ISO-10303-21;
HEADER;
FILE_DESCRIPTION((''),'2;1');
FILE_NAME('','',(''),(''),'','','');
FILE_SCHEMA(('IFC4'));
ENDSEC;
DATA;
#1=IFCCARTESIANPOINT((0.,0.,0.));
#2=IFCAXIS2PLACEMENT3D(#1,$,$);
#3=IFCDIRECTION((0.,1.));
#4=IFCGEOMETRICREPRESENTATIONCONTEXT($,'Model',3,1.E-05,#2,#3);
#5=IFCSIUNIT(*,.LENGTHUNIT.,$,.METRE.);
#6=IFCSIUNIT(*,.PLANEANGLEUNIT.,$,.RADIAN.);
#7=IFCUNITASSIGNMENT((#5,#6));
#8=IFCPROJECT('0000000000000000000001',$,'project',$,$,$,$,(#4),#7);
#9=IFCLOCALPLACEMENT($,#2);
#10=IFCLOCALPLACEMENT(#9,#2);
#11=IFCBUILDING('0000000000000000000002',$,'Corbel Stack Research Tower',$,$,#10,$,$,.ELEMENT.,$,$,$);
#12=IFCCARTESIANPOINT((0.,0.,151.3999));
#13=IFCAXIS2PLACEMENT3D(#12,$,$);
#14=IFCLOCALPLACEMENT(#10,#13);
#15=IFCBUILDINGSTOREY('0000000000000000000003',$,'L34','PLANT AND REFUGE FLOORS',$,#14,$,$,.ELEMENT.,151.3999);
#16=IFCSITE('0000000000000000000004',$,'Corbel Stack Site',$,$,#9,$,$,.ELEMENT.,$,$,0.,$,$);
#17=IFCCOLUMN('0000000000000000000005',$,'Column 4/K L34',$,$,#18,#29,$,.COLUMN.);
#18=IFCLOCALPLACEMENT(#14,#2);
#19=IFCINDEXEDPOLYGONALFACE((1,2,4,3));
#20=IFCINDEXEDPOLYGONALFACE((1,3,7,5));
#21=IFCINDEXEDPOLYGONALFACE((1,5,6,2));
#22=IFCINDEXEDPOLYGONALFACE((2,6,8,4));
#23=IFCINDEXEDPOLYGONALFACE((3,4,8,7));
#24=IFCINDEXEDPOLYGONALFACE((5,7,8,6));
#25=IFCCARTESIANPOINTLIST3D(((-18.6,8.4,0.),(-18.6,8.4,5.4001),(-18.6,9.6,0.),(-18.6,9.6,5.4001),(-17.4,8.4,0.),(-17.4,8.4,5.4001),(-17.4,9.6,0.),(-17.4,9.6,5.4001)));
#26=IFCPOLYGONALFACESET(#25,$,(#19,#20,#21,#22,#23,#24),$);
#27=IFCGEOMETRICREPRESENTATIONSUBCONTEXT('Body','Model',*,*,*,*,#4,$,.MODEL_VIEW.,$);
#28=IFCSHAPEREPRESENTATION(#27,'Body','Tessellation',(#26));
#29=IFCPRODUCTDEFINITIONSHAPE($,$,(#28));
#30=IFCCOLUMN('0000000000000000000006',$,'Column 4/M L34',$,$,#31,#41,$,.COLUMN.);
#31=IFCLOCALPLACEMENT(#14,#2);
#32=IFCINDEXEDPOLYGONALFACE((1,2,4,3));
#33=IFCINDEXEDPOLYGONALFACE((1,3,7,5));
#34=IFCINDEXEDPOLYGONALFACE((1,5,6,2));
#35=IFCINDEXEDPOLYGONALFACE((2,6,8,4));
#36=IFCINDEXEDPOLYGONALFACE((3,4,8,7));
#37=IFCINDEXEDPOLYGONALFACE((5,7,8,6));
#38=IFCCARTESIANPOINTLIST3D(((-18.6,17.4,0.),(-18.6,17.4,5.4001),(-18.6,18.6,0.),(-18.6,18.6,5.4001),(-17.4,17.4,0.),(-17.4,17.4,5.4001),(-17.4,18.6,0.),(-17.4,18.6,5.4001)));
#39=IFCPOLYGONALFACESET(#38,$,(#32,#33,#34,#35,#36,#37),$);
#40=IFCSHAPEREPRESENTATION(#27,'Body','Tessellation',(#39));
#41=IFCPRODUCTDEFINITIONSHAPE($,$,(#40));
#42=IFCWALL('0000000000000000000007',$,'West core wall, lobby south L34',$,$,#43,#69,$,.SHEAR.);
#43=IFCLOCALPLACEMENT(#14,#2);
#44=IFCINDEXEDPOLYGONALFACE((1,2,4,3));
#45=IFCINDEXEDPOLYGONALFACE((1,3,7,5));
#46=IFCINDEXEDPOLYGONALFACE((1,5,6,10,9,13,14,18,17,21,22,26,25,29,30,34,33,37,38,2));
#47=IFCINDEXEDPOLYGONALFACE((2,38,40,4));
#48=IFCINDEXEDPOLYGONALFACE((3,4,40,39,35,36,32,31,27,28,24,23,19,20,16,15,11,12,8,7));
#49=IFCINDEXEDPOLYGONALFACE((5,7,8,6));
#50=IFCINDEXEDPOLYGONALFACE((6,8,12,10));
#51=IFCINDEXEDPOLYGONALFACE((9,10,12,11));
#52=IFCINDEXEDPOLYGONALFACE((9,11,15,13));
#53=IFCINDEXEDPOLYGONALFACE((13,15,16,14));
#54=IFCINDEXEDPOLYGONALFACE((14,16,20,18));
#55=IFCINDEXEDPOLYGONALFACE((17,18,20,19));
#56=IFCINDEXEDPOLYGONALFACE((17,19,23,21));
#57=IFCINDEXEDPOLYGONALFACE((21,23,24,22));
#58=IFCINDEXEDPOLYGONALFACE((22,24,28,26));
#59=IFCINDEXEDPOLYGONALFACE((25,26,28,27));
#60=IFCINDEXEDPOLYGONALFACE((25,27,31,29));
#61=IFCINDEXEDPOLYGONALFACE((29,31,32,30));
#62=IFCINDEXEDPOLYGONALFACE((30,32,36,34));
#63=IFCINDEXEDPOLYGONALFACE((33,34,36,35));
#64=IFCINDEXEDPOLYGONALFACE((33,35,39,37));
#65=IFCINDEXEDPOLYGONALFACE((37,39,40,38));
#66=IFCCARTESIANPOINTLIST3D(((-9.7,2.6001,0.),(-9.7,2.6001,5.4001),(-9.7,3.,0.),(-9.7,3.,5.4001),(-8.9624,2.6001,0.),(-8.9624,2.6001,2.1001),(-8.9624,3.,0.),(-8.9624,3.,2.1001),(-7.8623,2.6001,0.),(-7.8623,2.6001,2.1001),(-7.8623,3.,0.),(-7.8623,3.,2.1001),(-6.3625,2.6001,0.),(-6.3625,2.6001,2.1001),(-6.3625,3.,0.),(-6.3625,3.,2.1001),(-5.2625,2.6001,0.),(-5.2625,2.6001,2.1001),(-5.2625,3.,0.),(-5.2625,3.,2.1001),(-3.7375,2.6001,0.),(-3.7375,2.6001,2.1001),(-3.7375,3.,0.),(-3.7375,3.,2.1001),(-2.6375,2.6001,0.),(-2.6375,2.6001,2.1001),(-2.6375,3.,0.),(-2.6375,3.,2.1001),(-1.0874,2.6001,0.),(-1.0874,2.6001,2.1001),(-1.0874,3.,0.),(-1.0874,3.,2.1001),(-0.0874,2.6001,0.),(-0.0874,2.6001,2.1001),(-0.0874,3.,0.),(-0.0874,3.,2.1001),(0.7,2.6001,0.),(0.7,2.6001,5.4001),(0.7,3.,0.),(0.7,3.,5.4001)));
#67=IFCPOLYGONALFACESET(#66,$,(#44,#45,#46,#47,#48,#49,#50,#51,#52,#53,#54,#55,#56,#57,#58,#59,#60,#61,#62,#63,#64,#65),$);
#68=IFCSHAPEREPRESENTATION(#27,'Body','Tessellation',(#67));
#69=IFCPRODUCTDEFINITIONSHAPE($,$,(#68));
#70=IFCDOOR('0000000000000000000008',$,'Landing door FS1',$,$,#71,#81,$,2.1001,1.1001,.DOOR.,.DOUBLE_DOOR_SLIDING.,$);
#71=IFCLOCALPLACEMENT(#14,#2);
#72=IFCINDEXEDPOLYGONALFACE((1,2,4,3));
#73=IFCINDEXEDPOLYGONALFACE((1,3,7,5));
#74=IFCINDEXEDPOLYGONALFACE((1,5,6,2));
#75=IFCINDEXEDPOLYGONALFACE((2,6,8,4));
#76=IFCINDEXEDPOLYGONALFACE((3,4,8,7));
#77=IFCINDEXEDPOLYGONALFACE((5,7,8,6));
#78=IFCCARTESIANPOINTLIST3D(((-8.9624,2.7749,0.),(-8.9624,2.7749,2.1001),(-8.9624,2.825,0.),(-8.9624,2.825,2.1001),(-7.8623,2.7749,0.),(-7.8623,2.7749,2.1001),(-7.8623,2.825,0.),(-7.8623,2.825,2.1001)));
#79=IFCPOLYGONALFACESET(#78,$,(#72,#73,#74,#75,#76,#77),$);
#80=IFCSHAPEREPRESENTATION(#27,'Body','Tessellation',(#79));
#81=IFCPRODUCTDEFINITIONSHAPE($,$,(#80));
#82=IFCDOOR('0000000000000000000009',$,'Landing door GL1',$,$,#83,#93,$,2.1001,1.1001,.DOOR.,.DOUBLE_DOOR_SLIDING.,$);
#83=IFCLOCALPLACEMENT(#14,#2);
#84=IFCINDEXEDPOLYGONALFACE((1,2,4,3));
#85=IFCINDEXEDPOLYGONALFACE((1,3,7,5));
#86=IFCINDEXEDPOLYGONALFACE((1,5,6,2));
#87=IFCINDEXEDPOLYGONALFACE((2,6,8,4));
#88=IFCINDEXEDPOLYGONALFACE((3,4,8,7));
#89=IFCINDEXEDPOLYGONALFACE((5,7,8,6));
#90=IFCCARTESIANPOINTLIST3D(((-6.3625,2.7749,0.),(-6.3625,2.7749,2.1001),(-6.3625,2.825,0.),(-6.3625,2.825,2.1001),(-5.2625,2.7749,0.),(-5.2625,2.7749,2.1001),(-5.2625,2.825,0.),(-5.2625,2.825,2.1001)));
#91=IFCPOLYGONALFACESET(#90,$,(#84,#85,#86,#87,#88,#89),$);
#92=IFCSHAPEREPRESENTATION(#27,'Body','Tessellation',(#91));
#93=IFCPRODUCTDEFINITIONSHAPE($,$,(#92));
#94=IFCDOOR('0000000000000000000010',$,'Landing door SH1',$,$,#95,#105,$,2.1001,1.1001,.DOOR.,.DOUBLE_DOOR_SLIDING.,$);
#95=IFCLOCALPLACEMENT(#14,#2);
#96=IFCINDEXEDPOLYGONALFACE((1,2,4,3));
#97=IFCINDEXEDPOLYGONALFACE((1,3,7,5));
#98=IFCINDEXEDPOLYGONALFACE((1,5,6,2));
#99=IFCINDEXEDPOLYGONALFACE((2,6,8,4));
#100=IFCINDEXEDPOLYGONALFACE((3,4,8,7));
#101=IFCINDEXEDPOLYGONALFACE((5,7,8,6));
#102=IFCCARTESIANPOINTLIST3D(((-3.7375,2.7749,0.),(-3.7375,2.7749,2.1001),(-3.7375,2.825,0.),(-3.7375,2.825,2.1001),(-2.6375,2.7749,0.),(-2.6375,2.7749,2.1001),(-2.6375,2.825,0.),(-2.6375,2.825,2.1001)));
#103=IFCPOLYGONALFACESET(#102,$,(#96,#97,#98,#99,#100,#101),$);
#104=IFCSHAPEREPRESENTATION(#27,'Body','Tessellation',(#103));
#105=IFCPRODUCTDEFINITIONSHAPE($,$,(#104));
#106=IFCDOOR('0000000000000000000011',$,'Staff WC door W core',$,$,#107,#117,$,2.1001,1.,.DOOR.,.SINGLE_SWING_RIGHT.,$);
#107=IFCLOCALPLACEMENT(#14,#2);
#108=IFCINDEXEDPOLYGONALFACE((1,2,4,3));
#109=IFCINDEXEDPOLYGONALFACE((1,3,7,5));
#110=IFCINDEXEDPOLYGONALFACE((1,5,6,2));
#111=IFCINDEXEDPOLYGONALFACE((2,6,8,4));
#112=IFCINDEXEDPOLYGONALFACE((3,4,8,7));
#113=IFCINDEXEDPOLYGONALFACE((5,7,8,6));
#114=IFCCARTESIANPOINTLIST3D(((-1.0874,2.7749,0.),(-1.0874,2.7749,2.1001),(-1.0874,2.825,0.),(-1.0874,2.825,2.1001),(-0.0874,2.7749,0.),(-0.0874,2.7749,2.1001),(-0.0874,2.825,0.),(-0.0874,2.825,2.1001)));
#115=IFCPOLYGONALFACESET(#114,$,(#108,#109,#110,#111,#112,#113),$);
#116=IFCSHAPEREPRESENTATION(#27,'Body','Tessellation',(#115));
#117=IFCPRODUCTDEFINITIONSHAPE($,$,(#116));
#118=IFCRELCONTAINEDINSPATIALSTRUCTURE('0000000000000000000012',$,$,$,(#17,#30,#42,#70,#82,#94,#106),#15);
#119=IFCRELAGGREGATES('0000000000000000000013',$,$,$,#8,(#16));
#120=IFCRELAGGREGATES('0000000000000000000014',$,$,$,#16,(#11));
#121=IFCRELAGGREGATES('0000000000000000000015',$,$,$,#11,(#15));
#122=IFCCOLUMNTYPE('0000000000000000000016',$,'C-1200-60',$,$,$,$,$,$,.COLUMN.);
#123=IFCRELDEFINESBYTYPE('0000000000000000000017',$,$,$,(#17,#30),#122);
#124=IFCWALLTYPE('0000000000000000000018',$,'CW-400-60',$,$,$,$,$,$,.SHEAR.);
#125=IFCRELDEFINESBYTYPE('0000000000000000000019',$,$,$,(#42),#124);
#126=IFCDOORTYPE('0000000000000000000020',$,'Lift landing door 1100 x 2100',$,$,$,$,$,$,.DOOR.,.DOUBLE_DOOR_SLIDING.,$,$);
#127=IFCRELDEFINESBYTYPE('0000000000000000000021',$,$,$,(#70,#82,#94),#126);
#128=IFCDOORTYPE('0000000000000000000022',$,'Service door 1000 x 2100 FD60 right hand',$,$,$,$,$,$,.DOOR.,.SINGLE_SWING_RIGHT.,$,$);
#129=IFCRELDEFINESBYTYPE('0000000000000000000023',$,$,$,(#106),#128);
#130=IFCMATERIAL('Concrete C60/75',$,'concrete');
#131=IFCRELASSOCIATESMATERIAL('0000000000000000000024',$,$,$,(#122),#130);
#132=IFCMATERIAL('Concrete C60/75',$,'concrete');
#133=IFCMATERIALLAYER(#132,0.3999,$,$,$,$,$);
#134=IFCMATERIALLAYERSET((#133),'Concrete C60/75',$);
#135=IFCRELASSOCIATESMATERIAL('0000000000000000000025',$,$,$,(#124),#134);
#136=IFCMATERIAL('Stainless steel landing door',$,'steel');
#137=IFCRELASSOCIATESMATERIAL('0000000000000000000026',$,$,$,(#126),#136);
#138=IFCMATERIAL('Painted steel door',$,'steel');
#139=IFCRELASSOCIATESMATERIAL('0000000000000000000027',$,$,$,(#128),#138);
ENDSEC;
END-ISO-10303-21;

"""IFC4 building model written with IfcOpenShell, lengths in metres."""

from ifc_helpers import new_model, si_unit, direction, frame, frame_2d, origin, origin_2d, place, context, subcontext, project, spatial, rectangle, extrude, material, layer, layer_set, material_profile, profile_set, type_object, element, fill, save


model = new_model("IFC4")

# Units and contexts
model_context = context("Model", 3, precision=1e-05, world=origin(), true_north=direction((0.0, 1.0)))
body_context = subcontext(model_context, "Body", "Model", "MODEL_VIEW")
ifc_project = project(units=[si_unit("LENGTHUNIT", "METRE"), si_unit("PLANEANGLEUNIT", "RADIAN")], contexts=[model_context])

# Site, building, storey
site_placement = place(None, origin())
site = spatial("IfcSite", under=ifc_project, at=site_placement, Name="Corbel Stack Site", CompositionType="ELEMENT", RefElevation=0.0)
building_placement = place(site_placement, origin())
building = spatial("IfcBuilding", under=site, at=building_placement, Name="Corbel Stack Research Tower", CompositionType="ELEMENT")
storey_placement = place(building_placement, frame((0.0, 0.0, 151.3999)))
storey = spatial("IfcBuildingStorey", under=building, at=storey_placement, Name="L34", Description="PLANT AND REFUGE FLOORS", CompositionType="ELEMENT", Elevation=151.3999)

# Columns
ifc_material_1 = material(Name="Concrete C60/75", Category="concrete")
ifc_material_profile = material_profile(ifc_material_1, rectangle(XDim=1.2, YDim=1.2, at=origin_2d()), Name="RC 1200 x 1200")
ifc_profile_set = profile_set([ifc_material_profile], Name="Concrete C60/75")
column_type = type_object("IfcColumnType", Name="C-1200-60", PredefinedType="COLUMN", material=ifc_profile_set)
for number, where, z_axis, x_axis, name in (
    (1, (-18.0, 9.0, 0.0), (0.0, 0.0, 1.0), (1.0, 0.0, 0.0), "Column 4/K L34"),
    (2, (-18.0, 18.0, 0.0), (0.0, 0.0, 1.0), (1.0, 0.0, 0.0), "Column 4/M L34"),
):
    element("IfcColumn", number, at=place(storey_placement, frame(where, z_axis=z_axis, x_axis=x_axis)), inside=storey, type_object=column_type, Name=name, PredefinedType="COLUMN", context=body_context, shape_type="SweptSolid", body=[
        extrude(rectangle(XDim=1.2, YDim=1.2, at=origin_2d()), origin(), (0.0, 0.0, 1.0), 5.4001),
    ])

# Wall, openings, doors
ifc_material_2 = material(Name="Concrete C60/75", Category="concrete")
ifc_layer_1 = layer(ifc_material_2, 0.3999)
ifc_layer_set_1 = layer_set([ifc_layer_1], Name="Concrete C60/75")
wall_type_1 = type_object("IfcWallType", Name="CW-400-60", PredefinedType="SHEAR", material=ifc_layer_set_1)
wall_1_placement = place(storey_placement, frame((-9.7, 2.8, 0.0), z_axis=(0.0, 0.0, 1.0), x_axis=(1.0, 0.0, 0.0)))
wall_1 = element("IfcWall", 3, at=wall_1_placement, inside=storey, type_object=wall_type_1, Name="West core wall, lobby south L34", PredefinedType="SHEAR", context=body_context, shape_type="SweptSolid", body=[
    extrude(rectangle(XDim=10.3999, YDim=0.3999, at=frame_2d((5.2, 0.0))), origin(), (0.0, 0.0, 1.0), 5.4001),
])
opening_1_placement = place(wall_1_placement, frame((0.7375, 0.0, 0.0)))
opening_1 = element("IfcOpeningElement", 4, at=opening_1_placement, cuts=wall_1, PredefinedType="OPENING", context=body_context, shape_type="SweptSolid", body=[
    extrude(rectangle(XDim=1.1001, YDim=2.1001, at=frame_2d((0.55, 1.05))), frame((0.0, 0.21, 0.0), z_axis=(0.0, -1.0, 0.0), x_axis=(1.0, 0.0, 0.0)), (0.0, 0.0, 1.0), 0.4199),
])
opening_2_placement = place(wall_1_placement, frame((3.3374, 0.0, 0.0)))
opening_2 = element("IfcOpeningElement", 5, at=opening_2_placement, cuts=wall_1, PredefinedType="OPENING", context=body_context, shape_type="SweptSolid", body=[
    extrude(rectangle(XDim=1.1001, YDim=2.1001, at=frame_2d((0.55, 1.05))), frame((0.0, 0.21, 0.0), z_axis=(0.0, -1.0, 0.0), x_axis=(1.0, 0.0, 0.0)), (0.0, 0.0, 1.0), 0.4199),
])
opening_3_placement = place(wall_1_placement, frame((5.9624, 0.0, 0.0)))
opening_3 = element("IfcOpeningElement", 6, at=opening_3_placement, cuts=wall_1, PredefinedType="OPENING", context=body_context, shape_type="SweptSolid", body=[
    extrude(rectangle(XDim=1.1001, YDim=2.1001, at=frame_2d((0.55, 1.05))), frame((0.0, 0.21, 0.0), z_axis=(0.0, -1.0, 0.0), x_axis=(1.0, 0.0, 0.0)), (0.0, 0.0, 1.0), 0.4199),
])
opening_4_placement = place(wall_1_placement, frame((8.6125, 0.0, 0.0)))
opening_4 = element("IfcOpeningElement", 7, at=opening_4_placement, cuts=wall_1, PredefinedType="OPENING", context=body_context, shape_type="SweptSolid", body=[
    extrude(rectangle(XDim=1.0, YDim=2.1001, at=frame_2d((0.5, 1.05))), frame((0.0, 0.21, 0.0), z_axis=(0.0, -1.0, 0.0), x_axis=(1.0, 0.0, 0.0)), (0.0, 0.0, 1.0), 0.4199),
])
ifc_material_3 = material(Name="Stainless steel landing door", Category="steel")
door_type_1 = type_object("IfcDoorType", Name="Lift landing door 1100 x 2100", OperationType="DOUBLE_DOOR_SLIDING", PredefinedType="DOOR", material=ifc_material_3)
door_1_placement = place(opening_1_placement, origin())
door_1 = element("IfcDoor", 8, at=door_1_placement, inside=storey, type_object=door_type_1, Name="Landing door FS1", OperationType="DOUBLE_DOOR_SLIDING", OverallHeight=2.1001, OverallWidth=1.1001, PredefinedType="DOOR", context=body_context, shape_type="SweptSolid", body=[
    extrude(rectangle(XDim=1.1001, YDim=2.1001, at=frame_2d((0.55, 1.05))), frame((0.0, 0.0249, 0.0), z_axis=(0.0, -1.0, 0.0), x_axis=(1.0, 0.0, 0.0)), (0.0, 0.0, 1.0), 0.05),
])
fill(opening_1, door_1)
door_2_placement = place(opening_2_placement, origin())
door_2 = element("IfcDoor", 9, at=door_2_placement, inside=storey, type_object=door_type_1, Name="Landing door GL1", OperationType="DOUBLE_DOOR_SLIDING", OverallHeight=2.1001, OverallWidth=1.1001, PredefinedType="DOOR", context=body_context, shape_type="SweptSolid", body=[
    extrude(rectangle(XDim=1.1001, YDim=2.1001, at=frame_2d((0.55, 1.05))), frame((0.0, 0.0249, 0.0), z_axis=(0.0, -1.0, 0.0), x_axis=(1.0, 0.0, 0.0)), (0.0, 0.0, 1.0), 0.05),
])
fill(opening_2, door_2)
door_3_placement = place(opening_3_placement, origin())
door_3 = element("IfcDoor", 10, at=door_3_placement, inside=storey, type_object=door_type_1, Name="Landing door SH1", OperationType="DOUBLE_DOOR_SLIDING", OverallHeight=2.1001, OverallWidth=1.1001, PredefinedType="DOOR", context=body_context, shape_type="SweptSolid", body=[
    extrude(rectangle(XDim=1.1001, YDim=2.1001, at=frame_2d((0.55, 1.05))), frame((0.0, 0.0249, 0.0), z_axis=(0.0, -1.0, 0.0), x_axis=(1.0, 0.0, 0.0)), (0.0, 0.0, 1.0), 0.05),
])
fill(opening_3, door_3)
ifc_material_4 = material(Name="Painted steel door", Category="steel")
door_type_2 = type_object("IfcDoorType", Name="Service door 1000 x 2100 FD60 right hand", OperationType="SINGLE_SWING_RIGHT", PredefinedType="DOOR", material=ifc_material_4)
door_4_placement = place(opening_4_placement, origin())
door_4 = element("IfcDoor", 11, at=door_4_placement, inside=storey, type_object=door_type_2, Name="Staff WC door W core", OperationType="SINGLE_SWING_RIGHT", OverallHeight=2.1001, OverallWidth=1.0, PredefinedType="DOOR", context=body_context, shape_type="SweptSolid", body=[
    extrude(rectangle(XDim=1.0, YDim=2.1001, at=frame_2d((0.5, 1.05))), frame((0.0, 0.0249, 0.0), z_axis=(0.0, -1.0, 0.0), x_axis=(1.0, 0.0, 0.0)), (0.0, 0.0, 1.0), 0.05),
])
fill(opening_4, door_4)

save(model, "model.ifc")
